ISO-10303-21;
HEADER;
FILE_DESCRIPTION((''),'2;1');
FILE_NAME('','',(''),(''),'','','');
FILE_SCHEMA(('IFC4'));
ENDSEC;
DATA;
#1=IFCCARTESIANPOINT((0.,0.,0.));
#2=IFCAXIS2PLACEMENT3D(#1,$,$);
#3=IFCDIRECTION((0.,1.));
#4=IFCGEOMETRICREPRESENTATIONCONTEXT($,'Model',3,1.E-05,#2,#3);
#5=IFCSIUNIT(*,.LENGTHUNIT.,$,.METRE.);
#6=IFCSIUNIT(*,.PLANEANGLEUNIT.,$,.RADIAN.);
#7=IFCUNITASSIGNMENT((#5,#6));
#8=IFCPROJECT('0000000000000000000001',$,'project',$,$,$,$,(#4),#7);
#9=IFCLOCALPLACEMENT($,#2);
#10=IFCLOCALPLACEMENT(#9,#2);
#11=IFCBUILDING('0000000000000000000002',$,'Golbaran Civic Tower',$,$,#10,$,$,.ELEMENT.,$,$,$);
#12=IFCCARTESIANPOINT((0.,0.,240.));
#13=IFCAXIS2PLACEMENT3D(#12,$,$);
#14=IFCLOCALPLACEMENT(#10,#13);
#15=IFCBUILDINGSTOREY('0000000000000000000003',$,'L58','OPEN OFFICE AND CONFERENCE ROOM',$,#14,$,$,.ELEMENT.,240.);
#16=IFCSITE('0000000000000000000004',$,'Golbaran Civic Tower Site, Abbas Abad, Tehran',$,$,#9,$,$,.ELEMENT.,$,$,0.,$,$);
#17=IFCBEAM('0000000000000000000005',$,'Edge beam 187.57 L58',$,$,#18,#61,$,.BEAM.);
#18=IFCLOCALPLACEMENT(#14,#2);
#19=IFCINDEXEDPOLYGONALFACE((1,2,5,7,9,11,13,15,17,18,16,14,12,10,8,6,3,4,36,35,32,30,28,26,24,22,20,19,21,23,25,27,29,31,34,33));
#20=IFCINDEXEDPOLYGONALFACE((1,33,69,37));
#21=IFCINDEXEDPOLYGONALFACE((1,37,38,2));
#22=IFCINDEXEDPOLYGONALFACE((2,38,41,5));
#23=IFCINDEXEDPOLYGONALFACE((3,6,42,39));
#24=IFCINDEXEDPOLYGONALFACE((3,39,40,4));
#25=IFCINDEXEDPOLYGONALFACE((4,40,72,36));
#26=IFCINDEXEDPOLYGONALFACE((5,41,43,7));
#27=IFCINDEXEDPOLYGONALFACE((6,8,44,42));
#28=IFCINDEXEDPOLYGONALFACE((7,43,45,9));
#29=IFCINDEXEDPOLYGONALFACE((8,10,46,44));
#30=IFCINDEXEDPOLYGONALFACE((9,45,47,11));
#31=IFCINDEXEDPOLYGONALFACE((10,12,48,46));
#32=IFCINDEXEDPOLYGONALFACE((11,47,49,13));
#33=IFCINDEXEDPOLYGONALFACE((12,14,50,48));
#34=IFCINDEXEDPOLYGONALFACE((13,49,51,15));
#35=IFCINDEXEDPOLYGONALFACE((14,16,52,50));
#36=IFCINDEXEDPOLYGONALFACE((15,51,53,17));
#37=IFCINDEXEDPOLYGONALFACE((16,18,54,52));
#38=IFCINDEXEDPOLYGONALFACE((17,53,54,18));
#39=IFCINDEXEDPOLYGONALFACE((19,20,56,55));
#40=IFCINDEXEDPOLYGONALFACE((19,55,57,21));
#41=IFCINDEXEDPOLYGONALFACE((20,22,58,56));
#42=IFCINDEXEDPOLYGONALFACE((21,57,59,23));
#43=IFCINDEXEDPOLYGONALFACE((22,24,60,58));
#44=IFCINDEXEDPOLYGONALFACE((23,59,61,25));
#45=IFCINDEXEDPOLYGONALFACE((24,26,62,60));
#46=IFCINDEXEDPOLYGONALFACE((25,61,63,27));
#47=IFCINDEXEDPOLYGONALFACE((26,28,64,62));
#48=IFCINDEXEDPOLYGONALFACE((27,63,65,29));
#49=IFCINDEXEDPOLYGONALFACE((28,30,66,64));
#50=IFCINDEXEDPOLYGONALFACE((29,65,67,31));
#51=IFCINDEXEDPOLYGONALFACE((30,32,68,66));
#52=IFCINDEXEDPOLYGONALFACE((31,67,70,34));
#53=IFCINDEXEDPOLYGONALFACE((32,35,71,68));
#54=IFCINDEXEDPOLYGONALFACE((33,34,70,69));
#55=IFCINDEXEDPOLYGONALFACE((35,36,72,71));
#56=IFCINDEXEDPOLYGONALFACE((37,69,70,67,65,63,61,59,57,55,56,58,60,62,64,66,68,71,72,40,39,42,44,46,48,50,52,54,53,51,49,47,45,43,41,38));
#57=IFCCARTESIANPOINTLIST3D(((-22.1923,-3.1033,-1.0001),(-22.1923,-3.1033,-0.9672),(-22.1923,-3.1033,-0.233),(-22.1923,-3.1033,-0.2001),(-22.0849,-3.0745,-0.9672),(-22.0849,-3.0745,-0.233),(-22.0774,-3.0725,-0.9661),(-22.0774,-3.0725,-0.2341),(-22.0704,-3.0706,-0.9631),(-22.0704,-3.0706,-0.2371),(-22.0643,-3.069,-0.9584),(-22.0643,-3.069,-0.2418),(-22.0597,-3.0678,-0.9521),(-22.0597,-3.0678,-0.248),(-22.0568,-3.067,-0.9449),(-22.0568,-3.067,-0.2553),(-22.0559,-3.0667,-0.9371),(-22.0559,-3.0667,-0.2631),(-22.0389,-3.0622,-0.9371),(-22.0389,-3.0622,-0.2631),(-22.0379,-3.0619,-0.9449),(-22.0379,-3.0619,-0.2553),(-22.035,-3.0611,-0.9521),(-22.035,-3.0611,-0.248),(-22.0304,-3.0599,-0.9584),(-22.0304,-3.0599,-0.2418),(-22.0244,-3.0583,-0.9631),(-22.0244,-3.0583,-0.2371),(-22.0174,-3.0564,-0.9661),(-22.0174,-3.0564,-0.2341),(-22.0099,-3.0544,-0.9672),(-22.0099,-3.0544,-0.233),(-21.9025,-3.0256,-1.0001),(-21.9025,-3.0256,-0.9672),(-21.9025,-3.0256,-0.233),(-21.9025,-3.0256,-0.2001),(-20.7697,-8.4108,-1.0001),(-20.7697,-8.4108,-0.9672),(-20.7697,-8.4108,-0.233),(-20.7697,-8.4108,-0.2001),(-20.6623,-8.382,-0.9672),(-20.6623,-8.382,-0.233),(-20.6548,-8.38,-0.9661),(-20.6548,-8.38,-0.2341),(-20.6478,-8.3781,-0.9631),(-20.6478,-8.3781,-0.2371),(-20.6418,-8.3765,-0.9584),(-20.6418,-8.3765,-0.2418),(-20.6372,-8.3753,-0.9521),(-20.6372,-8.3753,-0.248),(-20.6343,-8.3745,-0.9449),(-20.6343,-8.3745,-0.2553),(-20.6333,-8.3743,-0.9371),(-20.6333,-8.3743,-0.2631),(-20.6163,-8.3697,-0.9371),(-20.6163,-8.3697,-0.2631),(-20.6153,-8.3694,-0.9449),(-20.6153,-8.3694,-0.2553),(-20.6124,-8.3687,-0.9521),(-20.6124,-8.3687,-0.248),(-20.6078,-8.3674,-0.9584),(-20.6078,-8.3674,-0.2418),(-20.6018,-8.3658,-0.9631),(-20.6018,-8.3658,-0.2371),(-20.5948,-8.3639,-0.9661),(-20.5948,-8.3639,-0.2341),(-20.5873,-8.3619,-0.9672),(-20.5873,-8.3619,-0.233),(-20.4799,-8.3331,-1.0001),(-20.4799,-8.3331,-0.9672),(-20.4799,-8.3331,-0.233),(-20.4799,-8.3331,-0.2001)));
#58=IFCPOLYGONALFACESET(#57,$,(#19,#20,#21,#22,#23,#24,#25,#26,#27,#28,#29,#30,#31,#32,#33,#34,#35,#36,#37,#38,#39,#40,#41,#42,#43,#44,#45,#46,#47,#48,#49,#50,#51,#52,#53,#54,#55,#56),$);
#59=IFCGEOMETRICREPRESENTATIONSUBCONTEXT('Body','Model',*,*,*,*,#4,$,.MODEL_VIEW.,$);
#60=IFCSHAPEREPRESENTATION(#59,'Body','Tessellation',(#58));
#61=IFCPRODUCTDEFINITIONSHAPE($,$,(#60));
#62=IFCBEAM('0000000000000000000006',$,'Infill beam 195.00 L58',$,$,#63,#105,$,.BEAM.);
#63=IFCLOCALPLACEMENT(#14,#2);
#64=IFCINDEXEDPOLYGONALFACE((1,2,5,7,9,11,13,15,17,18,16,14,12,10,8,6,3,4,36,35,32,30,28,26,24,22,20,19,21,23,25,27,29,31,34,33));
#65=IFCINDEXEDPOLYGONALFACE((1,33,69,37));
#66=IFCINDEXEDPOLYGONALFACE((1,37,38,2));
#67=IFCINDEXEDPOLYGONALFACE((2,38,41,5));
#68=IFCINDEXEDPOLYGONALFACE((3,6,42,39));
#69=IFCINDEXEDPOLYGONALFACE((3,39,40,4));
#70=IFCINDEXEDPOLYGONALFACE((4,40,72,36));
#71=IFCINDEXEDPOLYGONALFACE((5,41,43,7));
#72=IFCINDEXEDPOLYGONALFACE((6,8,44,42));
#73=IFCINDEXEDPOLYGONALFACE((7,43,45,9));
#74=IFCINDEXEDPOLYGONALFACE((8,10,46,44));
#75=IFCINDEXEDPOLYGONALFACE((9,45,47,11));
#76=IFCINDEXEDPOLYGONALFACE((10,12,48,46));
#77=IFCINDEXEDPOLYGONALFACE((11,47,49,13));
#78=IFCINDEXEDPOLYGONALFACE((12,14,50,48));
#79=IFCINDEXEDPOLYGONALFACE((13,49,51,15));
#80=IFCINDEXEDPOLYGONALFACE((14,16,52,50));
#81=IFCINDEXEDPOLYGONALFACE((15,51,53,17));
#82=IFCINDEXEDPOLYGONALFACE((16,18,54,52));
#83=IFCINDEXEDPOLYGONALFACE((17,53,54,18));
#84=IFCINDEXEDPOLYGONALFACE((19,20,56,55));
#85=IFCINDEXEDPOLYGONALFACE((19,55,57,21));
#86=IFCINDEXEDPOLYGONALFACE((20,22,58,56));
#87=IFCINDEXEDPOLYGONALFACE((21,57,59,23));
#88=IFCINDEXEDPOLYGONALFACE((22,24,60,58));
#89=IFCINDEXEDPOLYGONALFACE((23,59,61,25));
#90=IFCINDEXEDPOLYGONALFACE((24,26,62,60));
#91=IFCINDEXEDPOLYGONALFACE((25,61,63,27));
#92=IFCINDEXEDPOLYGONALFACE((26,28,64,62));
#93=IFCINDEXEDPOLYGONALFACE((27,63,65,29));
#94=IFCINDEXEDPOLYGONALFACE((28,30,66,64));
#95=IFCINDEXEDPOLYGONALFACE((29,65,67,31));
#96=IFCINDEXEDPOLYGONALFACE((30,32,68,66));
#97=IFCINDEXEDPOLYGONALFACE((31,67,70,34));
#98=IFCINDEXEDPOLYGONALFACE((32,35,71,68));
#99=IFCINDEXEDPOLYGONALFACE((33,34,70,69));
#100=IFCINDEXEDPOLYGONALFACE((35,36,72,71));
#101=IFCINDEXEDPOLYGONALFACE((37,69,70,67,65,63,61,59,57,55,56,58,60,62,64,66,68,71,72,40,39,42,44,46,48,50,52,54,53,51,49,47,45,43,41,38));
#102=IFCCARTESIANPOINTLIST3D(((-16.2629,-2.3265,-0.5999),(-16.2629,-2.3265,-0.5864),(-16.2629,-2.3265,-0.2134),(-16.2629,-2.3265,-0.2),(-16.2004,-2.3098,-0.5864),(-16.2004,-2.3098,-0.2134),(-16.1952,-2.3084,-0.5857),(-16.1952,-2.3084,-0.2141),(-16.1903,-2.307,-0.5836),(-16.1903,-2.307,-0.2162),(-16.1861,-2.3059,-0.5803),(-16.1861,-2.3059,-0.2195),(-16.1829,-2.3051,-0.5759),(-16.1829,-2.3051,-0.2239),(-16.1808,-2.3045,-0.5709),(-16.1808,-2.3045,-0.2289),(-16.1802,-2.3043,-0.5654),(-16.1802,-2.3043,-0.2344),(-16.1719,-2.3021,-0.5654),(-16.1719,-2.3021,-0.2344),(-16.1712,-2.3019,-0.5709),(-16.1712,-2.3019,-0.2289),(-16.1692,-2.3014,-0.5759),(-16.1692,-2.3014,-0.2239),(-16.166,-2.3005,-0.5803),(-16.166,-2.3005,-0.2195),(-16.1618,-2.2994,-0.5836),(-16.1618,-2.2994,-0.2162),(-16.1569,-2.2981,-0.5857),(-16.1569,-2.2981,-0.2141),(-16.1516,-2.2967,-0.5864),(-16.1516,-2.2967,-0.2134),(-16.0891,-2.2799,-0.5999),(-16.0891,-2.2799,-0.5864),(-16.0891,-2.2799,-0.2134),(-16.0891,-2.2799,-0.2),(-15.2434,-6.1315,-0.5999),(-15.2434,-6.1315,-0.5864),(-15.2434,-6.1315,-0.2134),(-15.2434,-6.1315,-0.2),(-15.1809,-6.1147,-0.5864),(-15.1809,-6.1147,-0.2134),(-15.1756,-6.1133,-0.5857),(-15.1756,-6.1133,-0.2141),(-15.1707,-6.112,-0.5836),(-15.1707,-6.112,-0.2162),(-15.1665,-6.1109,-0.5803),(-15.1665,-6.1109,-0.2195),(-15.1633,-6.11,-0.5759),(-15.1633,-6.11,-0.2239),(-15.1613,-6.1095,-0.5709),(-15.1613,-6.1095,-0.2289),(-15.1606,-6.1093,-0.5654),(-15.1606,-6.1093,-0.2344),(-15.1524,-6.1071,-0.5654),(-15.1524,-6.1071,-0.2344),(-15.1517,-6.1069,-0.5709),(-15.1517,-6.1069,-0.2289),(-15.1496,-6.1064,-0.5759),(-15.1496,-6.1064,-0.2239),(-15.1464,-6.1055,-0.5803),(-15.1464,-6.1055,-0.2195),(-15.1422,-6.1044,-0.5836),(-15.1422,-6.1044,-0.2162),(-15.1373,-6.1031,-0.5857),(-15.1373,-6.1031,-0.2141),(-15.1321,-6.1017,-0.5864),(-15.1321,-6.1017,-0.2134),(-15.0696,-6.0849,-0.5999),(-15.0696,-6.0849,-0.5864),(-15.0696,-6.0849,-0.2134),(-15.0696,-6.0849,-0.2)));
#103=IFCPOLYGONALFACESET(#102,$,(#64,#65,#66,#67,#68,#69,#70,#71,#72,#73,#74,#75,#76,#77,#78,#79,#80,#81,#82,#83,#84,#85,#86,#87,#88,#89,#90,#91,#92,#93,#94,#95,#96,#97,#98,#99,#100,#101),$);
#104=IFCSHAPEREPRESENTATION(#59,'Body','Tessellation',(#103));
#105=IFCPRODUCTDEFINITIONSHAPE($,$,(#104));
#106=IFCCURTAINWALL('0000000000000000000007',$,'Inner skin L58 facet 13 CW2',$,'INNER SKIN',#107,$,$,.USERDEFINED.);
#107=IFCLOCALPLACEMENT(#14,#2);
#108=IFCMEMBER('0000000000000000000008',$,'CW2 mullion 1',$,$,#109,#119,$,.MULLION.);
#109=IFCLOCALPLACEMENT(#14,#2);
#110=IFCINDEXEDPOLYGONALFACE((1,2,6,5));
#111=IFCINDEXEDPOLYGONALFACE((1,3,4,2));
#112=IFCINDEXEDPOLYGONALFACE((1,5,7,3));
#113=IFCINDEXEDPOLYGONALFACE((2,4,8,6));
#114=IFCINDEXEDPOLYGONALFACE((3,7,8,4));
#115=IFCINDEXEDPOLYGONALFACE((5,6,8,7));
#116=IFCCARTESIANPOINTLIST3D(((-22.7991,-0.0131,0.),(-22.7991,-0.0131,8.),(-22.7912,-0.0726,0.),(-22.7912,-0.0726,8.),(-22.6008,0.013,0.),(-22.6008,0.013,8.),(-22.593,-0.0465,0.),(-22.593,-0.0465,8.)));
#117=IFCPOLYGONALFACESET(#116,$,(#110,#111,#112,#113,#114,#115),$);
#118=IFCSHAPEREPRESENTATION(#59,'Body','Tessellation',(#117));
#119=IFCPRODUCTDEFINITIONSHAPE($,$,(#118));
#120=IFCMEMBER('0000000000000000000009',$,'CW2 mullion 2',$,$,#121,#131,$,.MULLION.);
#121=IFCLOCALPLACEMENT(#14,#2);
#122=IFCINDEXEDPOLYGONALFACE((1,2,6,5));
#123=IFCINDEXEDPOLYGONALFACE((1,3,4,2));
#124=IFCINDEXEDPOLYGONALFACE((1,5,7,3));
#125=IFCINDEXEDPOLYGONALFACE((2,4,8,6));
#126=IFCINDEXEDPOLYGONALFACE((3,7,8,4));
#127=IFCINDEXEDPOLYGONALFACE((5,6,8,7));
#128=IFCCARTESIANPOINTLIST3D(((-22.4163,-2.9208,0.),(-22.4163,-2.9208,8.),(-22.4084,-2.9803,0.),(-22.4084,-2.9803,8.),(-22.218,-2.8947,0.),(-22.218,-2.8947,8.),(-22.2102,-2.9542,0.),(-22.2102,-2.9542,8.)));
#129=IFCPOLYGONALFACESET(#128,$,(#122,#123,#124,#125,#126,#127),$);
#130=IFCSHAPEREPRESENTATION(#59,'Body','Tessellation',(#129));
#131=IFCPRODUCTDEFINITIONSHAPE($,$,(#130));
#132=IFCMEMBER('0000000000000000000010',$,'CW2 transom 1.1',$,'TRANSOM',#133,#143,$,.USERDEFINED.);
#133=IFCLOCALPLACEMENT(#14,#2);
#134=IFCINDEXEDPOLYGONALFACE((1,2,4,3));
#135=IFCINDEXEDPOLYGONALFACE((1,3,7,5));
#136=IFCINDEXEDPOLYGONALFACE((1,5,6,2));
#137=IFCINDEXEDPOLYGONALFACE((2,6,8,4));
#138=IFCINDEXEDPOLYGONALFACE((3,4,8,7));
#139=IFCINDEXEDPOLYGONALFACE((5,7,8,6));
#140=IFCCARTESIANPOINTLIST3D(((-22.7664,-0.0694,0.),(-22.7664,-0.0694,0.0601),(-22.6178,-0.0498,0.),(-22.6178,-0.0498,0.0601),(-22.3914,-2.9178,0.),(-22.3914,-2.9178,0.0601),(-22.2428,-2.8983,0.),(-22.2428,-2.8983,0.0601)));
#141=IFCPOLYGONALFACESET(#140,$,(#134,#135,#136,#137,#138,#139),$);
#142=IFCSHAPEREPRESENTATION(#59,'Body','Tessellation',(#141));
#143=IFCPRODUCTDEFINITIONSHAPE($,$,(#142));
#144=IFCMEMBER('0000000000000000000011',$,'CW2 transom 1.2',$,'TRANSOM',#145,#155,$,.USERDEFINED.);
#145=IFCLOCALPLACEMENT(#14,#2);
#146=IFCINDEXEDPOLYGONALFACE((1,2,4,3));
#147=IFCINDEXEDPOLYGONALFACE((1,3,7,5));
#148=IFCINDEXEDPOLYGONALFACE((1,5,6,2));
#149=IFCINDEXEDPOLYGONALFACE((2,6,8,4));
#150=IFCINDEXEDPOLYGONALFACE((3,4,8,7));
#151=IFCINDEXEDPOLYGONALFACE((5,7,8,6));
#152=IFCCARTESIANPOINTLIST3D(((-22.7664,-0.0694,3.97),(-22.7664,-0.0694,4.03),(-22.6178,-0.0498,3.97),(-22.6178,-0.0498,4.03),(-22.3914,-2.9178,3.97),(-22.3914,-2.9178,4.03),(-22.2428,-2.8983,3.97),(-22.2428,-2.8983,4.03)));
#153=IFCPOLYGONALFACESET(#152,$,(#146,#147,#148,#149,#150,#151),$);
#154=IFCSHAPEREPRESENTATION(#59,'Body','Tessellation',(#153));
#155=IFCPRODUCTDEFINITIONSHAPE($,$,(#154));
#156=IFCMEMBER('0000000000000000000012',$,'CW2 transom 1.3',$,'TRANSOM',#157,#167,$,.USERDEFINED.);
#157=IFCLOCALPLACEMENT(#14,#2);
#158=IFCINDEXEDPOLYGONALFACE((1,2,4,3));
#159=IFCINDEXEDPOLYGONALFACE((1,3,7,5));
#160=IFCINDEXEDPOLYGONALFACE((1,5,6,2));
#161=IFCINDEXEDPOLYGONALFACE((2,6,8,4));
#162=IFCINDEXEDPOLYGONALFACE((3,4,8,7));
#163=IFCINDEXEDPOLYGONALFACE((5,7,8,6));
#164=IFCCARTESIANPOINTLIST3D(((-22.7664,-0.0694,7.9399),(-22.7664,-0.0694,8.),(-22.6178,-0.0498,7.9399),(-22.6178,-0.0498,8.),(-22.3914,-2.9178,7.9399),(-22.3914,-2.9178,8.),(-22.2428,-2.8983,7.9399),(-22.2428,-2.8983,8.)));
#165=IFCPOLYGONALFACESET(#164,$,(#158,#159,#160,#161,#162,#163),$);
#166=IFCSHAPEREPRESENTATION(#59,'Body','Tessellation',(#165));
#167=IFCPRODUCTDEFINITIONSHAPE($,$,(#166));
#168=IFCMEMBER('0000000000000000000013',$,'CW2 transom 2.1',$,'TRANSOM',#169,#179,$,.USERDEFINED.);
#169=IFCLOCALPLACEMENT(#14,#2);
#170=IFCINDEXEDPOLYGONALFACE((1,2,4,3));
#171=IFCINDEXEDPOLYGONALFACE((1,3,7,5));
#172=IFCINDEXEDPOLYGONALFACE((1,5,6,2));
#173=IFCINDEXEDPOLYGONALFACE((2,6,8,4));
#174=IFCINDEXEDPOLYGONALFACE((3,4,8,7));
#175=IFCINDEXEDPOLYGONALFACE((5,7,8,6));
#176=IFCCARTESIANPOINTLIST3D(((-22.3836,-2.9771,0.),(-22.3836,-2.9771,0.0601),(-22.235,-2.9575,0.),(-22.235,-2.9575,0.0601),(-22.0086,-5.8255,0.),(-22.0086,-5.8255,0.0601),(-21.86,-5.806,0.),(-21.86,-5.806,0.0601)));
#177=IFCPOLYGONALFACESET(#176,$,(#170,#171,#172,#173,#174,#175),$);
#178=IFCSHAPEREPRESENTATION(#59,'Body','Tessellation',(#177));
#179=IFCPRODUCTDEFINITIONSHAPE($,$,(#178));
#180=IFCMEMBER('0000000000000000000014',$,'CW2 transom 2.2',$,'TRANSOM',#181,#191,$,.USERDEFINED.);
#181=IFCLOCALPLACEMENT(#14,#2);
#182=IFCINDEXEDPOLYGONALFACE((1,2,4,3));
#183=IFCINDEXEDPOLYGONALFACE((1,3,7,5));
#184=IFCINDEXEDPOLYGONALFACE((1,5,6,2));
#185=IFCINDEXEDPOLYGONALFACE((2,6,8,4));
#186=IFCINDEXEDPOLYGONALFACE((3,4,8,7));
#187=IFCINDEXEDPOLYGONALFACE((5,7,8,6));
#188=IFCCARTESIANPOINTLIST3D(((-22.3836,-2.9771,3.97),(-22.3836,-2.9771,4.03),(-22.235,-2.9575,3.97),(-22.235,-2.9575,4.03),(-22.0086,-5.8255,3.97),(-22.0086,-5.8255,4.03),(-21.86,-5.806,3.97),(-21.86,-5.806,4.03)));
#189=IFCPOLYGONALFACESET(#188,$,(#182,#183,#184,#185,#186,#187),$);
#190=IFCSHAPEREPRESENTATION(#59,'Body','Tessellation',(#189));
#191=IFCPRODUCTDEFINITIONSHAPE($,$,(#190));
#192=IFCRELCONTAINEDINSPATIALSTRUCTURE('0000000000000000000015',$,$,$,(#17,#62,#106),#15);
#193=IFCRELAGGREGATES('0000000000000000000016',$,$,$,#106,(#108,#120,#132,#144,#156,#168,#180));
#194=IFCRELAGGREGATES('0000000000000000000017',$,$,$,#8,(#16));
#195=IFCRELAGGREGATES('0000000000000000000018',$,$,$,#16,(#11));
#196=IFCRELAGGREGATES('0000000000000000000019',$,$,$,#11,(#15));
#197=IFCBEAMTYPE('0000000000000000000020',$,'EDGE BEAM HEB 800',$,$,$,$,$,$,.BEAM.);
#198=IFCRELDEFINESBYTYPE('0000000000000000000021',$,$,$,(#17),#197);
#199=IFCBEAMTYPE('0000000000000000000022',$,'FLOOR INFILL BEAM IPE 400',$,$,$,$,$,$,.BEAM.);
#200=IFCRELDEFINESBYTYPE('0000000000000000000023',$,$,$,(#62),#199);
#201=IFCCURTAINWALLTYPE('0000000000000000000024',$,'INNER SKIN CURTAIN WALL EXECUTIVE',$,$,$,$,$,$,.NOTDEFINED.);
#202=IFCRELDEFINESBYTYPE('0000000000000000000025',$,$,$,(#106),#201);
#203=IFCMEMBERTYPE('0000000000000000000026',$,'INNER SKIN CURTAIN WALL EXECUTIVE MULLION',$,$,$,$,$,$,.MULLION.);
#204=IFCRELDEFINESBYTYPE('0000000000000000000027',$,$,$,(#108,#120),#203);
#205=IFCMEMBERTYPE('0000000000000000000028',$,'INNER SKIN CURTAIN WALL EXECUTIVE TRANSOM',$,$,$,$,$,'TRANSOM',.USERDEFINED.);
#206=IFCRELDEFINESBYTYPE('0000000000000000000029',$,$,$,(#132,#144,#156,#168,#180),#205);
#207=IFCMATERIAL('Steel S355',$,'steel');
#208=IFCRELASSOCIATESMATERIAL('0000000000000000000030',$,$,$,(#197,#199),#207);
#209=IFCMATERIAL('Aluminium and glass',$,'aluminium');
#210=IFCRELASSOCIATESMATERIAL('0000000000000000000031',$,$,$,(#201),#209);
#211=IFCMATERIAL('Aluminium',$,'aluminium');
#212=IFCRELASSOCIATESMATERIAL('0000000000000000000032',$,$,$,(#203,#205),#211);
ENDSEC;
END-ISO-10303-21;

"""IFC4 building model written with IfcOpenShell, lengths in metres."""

from ifc_helpers import new_model, si_unit, direction, frame, origin, origin_2d, place, context, subcontext, project, spatial, rectangle, i_section, extrude, material, material_profile, profile_set, type_object, element, aggregate, save


model = new_model("IFC4")

# Units and contexts
model_context = context("Model", 3, precision=1e-05, world=origin(), true_north=direction((0.0, 1.0)))
body_context = subcontext(model_context, "Body", "Model", "MODEL_VIEW")
ifc_project = project(units=[si_unit("LENGTHUNIT", "METRE"), si_unit("PLANEANGLEUNIT", "RADIAN")], contexts=[model_context])

# Site, building, storey
site_placement = place(None, origin())
site = spatial("IfcSite", under=ifc_project, at=site_placement, Name="Golbaran Civic Tower Site, Abbas Abad, Tehran", CompositionType="ELEMENT", RefElevation=0.0)
building_placement = place(site_placement, origin())
building = spatial("IfcBuilding", under=site, at=building_placement, Name="Golbaran Civic Tower", CompositionType="ELEMENT")
storey_placement = place(building_placement, frame((0.0, 0.0, 240.0)))
storey = spatial("IfcBuildingStorey", under=building, at=storey_placement, Name="L58", Description="OPEN OFFICE AND CONFERENCE ROOM", CompositionType="ELEMENT", Elevation=240.0)

# Beams
ifc_material_1 = material(Name="Steel S355", Category="steel")
ifc_material_profile_1 = material_profile(ifc_material_1, i_section(OverallWidth=0.3, OverallDepth=0.8, WebThickness=0.0176, FlangeThickness=0.033, FilletRadius=0.03, at=origin_2d()), Name="HEB 800")
ifc_profile_set_1 = profile_set([ifc_material_profile_1], Name="Steel S355")
beam_type_1 = type_object("IfcBeamType", Name="EDGE BEAM HEB 800", PredefinedType="BEAM", material=ifc_profile_set_1)
beam_1_placement = place(storey_placement, frame((-22.0474, -3.0645, -0.6001), z_axis=(0.258893, -0.965906, 0.0), x_axis=(0.965906, 0.258893, 0.0)))
element("IfcBeam", 1, at=beam_1_placement, inside=storey, type_object=beam_type_1, Name="Edge beam 187.57 L58", PredefinedType="BEAM", context=body_context, shape_type="SweptSolid", body=[
    extrude(i_section(OverallWidth=0.3, OverallDepth=0.8, WebThickness=0.0176, FlangeThickness=0.033, FilletRadius=0.03, at=origin_2d()), origin(), (0.0, 0.0, 1.0), 5.4949),
])
ifc_material_profile_2 = material_profile(ifc_material_1, i_section(OverallWidth=0.1799, OverallDepth=0.3999, WebThickness=0.0085, FlangeThickness=0.0134, FilletRadius=0.021, at=origin_2d()), Name="IPE 400")
ifc_profile_set_2 = profile_set([ifc_material_profile_2], Name="Steel S355")
beam_type_2 = type_object("IfcBeamType", Name="FLOOR INFILL BEAM IPE 400", PredefinedType="BEAM", material=ifc_profile_set_2)
beam_2_placement = place(storey_placement, frame((-16.176, -2.3032, -0.3999), z_axis=(0.25882, -0.965926, 0.0), x_axis=(0.965926, 0.25882, 0.0)))
element("IfcBeam", 2, at=beam_2_placement, inside=storey, type_object=beam_type_2, Name="Infill beam 195.00 L58", PredefinedType="BEAM", context=body_context, shape_type="SweptSolid", body=[
    extrude(i_section(OverallWidth=0.1799, OverallDepth=0.3999, WebThickness=0.0085, FlangeThickness=0.0134, FilletRadius=0.021, at=origin_2d()), origin(), (0.0, 0.0, 1.0), 3.9392),
])

# Curtain wall, members
ifc_material_2 = material(Name="Aluminium and glass", Category="aluminium")
curtain_wall_type = type_object("IfcCurtainWallType", Name="INNER SKIN CURTAIN WALL EXECUTIVE", PredefinedType="NOTDEFINED", material=ifc_material_2)
curtain_wall_placement = place(storey_placement, origin())
curtain_wall = element("IfcCurtainWall", 3, at=curtain_wall_placement, inside=storey, type_object=curtain_wall_type, Name="Inner skin L58 facet 13 CW2", ObjectType="INNER SKIN", PredefinedType="USERDEFINED")
ifc_material_3 = material(Name="Aluminium", Category="aluminium")
ifc_material_profile_3 = material_profile(ifc_material_3, rectangle(XDim=0.2, YDim=0.0601, at=origin_2d()), Name="INNER SKIN CURTAIN WALL EXECUTIVE MULLION")
ifc_profile_set_3 = profile_set([ifc_material_profile_3], Name="Aluminium")
member_type_1 = type_object("IfcMemberType", Name="INNER SKIN CURTAIN WALL EXECUTIVE MULLION", PredefinedType="MULLION", material=ifc_profile_set_3)
member_1_placement = place(storey_placement, frame((-22.696, -0.0298, 0.0), z_axis=(0.0, 0.0, 1.0), x_axis=(0.991445, 0.130526, 0.0)))
member_1 = element("IfcMember", 4, at=member_1_placement, type_object=member_type_1, Name="CW2 mullion 1", PredefinedType="MULLION", context=body_context, shape_type="SweptSolid", body=[
    extrude(rectangle(XDim=0.2, YDim=0.0601, at=origin_2d()), origin(), (0.0, 0.0, 1.0), 8.0),
])
member_2_placement = place(storey_placement, frame((-22.3132, -2.9375, 0.0), z_axis=(0.0, 0.0, 1.0), x_axis=(0.991445, 0.130526, 0.0)))
member_2 = element("IfcMember", 5, at=member_2_placement, type_object=member_type_1, Name="CW2 mullion 2", PredefinedType="MULLION", context=body_context, shape_type="SweptSolid", body=[
    extrude(rectangle(XDim=0.2, YDim=0.0601, at=origin_2d()), origin(), (0.0, 0.0, 1.0), 8.0),
])
ifc_material_profile_4 = material_profile(ifc_material_3, rectangle(XDim=0.1499, YDim=0.0601, at=origin_2d()), Name="INNER SKIN CURTAIN WALL EXECUTIVE TRANSOM")
ifc_profile_set_4 = profile_set([ifc_material_profile_4], Name="Aluminium")
member_type_2 = type_object("IfcMemberType", Name="INNER SKIN CURTAIN WALL EXECUTIVE TRANSOM", ElementType="TRANSOM", PredefinedType="USERDEFINED", material=ifc_profile_set_4)
member_3_placement = place(storey_placement, frame((-22.6921, -0.0596, 0.03), z_axis=(0.130527, -0.991445, 0.0), x_axis=(0.991445, 0.130527, 0.0)))
member_3 = element("IfcMember", 6, at=member_3_placement, type_object=member_type_2, Name="CW2 transom 1.1", ObjectType="TRANSOM", PredefinedType="USERDEFINED", context=body_context, shape_type="SweptSolid", body=[
    extrude(rectangle(XDim=0.1499, YDim=0.0601, at=origin_2d()), origin(), (0.0, 0.0, 1.0), 2.873),
])
member_4_placement = place(storey_placement, frame((-22.6921, -0.0596, 4.0), z_axis=(0.130527, -0.991445, 0.0), x_axis=(0.991445, 0.130527, 0.0)))
member_4 = element("IfcMember", 7, at=member_4_placement, type_object=member_type_2, Name="CW2 transom 1.2", ObjectType="TRANSOM", PredefinedType="USERDEFINED", context=body_context, shape_type="SweptSolid", body=[
    extrude(rectangle(XDim=0.1499, YDim=0.0601, at=origin_2d()), origin(), (0.0, 0.0, 1.0), 2.873),
])
member_5_placement = place(storey_placement, frame((-22.6921, -0.0596, 7.97), z_axis=(0.130527, -0.991445, 0.0), x_axis=(0.991445, 0.130527, 0.0)))
member_5 = element("IfcMember", 8, at=member_5_placement, type_object=member_type_2, Name="CW2 transom 1.3", ObjectType="TRANSOM", PredefinedType="USERDEFINED", context=body_context, shape_type="SweptSolid", body=[
    extrude(rectangle(XDim=0.1499, YDim=0.0601, at=origin_2d()), origin(), (0.0, 0.0, 1.0), 2.873),
])
member_6_placement = place(storey_placement, frame((-22.3093, -2.9673, 0.03), z_axis=(0.130527, -0.991445, 0.0), x_axis=(0.991445, 0.130527, 0.0)))
member_6 = element("IfcMember", 9, at=member_6_placement, type_object=member_type_2, Name="CW2 transom 2.1", ObjectType="TRANSOM", PredefinedType="USERDEFINED", context=body_context, shape_type="SweptSolid", body=[
    extrude(rectangle(XDim=0.1499, YDim=0.0601, at=origin_2d()), origin(), (0.0, 0.0, 1.0), 2.873),
])
member_7_placement = place(storey_placement, frame((-22.3093, -2.9673, 4.0), z_axis=(0.130527, -0.991445, 0.0), x_axis=(0.991445, 0.130527, 0.0)))
member_7 = element("IfcMember", 10, at=member_7_placement, type_object=member_type_2, Name="CW2 transom 2.2", ObjectType="TRANSOM", PredefinedType="USERDEFINED", context=body_context, shape_type="SweptSolid", body=[
    extrude(rectangle(XDim=0.1499, YDim=0.0601, at=origin_2d()), origin(), (0.0, 0.0, 1.0), 2.873),
])
aggregate(curtain_wall, [member_1, member_2, member_3, member_4, member_5, member_6, member_7])

save(model, "model.ifc")
